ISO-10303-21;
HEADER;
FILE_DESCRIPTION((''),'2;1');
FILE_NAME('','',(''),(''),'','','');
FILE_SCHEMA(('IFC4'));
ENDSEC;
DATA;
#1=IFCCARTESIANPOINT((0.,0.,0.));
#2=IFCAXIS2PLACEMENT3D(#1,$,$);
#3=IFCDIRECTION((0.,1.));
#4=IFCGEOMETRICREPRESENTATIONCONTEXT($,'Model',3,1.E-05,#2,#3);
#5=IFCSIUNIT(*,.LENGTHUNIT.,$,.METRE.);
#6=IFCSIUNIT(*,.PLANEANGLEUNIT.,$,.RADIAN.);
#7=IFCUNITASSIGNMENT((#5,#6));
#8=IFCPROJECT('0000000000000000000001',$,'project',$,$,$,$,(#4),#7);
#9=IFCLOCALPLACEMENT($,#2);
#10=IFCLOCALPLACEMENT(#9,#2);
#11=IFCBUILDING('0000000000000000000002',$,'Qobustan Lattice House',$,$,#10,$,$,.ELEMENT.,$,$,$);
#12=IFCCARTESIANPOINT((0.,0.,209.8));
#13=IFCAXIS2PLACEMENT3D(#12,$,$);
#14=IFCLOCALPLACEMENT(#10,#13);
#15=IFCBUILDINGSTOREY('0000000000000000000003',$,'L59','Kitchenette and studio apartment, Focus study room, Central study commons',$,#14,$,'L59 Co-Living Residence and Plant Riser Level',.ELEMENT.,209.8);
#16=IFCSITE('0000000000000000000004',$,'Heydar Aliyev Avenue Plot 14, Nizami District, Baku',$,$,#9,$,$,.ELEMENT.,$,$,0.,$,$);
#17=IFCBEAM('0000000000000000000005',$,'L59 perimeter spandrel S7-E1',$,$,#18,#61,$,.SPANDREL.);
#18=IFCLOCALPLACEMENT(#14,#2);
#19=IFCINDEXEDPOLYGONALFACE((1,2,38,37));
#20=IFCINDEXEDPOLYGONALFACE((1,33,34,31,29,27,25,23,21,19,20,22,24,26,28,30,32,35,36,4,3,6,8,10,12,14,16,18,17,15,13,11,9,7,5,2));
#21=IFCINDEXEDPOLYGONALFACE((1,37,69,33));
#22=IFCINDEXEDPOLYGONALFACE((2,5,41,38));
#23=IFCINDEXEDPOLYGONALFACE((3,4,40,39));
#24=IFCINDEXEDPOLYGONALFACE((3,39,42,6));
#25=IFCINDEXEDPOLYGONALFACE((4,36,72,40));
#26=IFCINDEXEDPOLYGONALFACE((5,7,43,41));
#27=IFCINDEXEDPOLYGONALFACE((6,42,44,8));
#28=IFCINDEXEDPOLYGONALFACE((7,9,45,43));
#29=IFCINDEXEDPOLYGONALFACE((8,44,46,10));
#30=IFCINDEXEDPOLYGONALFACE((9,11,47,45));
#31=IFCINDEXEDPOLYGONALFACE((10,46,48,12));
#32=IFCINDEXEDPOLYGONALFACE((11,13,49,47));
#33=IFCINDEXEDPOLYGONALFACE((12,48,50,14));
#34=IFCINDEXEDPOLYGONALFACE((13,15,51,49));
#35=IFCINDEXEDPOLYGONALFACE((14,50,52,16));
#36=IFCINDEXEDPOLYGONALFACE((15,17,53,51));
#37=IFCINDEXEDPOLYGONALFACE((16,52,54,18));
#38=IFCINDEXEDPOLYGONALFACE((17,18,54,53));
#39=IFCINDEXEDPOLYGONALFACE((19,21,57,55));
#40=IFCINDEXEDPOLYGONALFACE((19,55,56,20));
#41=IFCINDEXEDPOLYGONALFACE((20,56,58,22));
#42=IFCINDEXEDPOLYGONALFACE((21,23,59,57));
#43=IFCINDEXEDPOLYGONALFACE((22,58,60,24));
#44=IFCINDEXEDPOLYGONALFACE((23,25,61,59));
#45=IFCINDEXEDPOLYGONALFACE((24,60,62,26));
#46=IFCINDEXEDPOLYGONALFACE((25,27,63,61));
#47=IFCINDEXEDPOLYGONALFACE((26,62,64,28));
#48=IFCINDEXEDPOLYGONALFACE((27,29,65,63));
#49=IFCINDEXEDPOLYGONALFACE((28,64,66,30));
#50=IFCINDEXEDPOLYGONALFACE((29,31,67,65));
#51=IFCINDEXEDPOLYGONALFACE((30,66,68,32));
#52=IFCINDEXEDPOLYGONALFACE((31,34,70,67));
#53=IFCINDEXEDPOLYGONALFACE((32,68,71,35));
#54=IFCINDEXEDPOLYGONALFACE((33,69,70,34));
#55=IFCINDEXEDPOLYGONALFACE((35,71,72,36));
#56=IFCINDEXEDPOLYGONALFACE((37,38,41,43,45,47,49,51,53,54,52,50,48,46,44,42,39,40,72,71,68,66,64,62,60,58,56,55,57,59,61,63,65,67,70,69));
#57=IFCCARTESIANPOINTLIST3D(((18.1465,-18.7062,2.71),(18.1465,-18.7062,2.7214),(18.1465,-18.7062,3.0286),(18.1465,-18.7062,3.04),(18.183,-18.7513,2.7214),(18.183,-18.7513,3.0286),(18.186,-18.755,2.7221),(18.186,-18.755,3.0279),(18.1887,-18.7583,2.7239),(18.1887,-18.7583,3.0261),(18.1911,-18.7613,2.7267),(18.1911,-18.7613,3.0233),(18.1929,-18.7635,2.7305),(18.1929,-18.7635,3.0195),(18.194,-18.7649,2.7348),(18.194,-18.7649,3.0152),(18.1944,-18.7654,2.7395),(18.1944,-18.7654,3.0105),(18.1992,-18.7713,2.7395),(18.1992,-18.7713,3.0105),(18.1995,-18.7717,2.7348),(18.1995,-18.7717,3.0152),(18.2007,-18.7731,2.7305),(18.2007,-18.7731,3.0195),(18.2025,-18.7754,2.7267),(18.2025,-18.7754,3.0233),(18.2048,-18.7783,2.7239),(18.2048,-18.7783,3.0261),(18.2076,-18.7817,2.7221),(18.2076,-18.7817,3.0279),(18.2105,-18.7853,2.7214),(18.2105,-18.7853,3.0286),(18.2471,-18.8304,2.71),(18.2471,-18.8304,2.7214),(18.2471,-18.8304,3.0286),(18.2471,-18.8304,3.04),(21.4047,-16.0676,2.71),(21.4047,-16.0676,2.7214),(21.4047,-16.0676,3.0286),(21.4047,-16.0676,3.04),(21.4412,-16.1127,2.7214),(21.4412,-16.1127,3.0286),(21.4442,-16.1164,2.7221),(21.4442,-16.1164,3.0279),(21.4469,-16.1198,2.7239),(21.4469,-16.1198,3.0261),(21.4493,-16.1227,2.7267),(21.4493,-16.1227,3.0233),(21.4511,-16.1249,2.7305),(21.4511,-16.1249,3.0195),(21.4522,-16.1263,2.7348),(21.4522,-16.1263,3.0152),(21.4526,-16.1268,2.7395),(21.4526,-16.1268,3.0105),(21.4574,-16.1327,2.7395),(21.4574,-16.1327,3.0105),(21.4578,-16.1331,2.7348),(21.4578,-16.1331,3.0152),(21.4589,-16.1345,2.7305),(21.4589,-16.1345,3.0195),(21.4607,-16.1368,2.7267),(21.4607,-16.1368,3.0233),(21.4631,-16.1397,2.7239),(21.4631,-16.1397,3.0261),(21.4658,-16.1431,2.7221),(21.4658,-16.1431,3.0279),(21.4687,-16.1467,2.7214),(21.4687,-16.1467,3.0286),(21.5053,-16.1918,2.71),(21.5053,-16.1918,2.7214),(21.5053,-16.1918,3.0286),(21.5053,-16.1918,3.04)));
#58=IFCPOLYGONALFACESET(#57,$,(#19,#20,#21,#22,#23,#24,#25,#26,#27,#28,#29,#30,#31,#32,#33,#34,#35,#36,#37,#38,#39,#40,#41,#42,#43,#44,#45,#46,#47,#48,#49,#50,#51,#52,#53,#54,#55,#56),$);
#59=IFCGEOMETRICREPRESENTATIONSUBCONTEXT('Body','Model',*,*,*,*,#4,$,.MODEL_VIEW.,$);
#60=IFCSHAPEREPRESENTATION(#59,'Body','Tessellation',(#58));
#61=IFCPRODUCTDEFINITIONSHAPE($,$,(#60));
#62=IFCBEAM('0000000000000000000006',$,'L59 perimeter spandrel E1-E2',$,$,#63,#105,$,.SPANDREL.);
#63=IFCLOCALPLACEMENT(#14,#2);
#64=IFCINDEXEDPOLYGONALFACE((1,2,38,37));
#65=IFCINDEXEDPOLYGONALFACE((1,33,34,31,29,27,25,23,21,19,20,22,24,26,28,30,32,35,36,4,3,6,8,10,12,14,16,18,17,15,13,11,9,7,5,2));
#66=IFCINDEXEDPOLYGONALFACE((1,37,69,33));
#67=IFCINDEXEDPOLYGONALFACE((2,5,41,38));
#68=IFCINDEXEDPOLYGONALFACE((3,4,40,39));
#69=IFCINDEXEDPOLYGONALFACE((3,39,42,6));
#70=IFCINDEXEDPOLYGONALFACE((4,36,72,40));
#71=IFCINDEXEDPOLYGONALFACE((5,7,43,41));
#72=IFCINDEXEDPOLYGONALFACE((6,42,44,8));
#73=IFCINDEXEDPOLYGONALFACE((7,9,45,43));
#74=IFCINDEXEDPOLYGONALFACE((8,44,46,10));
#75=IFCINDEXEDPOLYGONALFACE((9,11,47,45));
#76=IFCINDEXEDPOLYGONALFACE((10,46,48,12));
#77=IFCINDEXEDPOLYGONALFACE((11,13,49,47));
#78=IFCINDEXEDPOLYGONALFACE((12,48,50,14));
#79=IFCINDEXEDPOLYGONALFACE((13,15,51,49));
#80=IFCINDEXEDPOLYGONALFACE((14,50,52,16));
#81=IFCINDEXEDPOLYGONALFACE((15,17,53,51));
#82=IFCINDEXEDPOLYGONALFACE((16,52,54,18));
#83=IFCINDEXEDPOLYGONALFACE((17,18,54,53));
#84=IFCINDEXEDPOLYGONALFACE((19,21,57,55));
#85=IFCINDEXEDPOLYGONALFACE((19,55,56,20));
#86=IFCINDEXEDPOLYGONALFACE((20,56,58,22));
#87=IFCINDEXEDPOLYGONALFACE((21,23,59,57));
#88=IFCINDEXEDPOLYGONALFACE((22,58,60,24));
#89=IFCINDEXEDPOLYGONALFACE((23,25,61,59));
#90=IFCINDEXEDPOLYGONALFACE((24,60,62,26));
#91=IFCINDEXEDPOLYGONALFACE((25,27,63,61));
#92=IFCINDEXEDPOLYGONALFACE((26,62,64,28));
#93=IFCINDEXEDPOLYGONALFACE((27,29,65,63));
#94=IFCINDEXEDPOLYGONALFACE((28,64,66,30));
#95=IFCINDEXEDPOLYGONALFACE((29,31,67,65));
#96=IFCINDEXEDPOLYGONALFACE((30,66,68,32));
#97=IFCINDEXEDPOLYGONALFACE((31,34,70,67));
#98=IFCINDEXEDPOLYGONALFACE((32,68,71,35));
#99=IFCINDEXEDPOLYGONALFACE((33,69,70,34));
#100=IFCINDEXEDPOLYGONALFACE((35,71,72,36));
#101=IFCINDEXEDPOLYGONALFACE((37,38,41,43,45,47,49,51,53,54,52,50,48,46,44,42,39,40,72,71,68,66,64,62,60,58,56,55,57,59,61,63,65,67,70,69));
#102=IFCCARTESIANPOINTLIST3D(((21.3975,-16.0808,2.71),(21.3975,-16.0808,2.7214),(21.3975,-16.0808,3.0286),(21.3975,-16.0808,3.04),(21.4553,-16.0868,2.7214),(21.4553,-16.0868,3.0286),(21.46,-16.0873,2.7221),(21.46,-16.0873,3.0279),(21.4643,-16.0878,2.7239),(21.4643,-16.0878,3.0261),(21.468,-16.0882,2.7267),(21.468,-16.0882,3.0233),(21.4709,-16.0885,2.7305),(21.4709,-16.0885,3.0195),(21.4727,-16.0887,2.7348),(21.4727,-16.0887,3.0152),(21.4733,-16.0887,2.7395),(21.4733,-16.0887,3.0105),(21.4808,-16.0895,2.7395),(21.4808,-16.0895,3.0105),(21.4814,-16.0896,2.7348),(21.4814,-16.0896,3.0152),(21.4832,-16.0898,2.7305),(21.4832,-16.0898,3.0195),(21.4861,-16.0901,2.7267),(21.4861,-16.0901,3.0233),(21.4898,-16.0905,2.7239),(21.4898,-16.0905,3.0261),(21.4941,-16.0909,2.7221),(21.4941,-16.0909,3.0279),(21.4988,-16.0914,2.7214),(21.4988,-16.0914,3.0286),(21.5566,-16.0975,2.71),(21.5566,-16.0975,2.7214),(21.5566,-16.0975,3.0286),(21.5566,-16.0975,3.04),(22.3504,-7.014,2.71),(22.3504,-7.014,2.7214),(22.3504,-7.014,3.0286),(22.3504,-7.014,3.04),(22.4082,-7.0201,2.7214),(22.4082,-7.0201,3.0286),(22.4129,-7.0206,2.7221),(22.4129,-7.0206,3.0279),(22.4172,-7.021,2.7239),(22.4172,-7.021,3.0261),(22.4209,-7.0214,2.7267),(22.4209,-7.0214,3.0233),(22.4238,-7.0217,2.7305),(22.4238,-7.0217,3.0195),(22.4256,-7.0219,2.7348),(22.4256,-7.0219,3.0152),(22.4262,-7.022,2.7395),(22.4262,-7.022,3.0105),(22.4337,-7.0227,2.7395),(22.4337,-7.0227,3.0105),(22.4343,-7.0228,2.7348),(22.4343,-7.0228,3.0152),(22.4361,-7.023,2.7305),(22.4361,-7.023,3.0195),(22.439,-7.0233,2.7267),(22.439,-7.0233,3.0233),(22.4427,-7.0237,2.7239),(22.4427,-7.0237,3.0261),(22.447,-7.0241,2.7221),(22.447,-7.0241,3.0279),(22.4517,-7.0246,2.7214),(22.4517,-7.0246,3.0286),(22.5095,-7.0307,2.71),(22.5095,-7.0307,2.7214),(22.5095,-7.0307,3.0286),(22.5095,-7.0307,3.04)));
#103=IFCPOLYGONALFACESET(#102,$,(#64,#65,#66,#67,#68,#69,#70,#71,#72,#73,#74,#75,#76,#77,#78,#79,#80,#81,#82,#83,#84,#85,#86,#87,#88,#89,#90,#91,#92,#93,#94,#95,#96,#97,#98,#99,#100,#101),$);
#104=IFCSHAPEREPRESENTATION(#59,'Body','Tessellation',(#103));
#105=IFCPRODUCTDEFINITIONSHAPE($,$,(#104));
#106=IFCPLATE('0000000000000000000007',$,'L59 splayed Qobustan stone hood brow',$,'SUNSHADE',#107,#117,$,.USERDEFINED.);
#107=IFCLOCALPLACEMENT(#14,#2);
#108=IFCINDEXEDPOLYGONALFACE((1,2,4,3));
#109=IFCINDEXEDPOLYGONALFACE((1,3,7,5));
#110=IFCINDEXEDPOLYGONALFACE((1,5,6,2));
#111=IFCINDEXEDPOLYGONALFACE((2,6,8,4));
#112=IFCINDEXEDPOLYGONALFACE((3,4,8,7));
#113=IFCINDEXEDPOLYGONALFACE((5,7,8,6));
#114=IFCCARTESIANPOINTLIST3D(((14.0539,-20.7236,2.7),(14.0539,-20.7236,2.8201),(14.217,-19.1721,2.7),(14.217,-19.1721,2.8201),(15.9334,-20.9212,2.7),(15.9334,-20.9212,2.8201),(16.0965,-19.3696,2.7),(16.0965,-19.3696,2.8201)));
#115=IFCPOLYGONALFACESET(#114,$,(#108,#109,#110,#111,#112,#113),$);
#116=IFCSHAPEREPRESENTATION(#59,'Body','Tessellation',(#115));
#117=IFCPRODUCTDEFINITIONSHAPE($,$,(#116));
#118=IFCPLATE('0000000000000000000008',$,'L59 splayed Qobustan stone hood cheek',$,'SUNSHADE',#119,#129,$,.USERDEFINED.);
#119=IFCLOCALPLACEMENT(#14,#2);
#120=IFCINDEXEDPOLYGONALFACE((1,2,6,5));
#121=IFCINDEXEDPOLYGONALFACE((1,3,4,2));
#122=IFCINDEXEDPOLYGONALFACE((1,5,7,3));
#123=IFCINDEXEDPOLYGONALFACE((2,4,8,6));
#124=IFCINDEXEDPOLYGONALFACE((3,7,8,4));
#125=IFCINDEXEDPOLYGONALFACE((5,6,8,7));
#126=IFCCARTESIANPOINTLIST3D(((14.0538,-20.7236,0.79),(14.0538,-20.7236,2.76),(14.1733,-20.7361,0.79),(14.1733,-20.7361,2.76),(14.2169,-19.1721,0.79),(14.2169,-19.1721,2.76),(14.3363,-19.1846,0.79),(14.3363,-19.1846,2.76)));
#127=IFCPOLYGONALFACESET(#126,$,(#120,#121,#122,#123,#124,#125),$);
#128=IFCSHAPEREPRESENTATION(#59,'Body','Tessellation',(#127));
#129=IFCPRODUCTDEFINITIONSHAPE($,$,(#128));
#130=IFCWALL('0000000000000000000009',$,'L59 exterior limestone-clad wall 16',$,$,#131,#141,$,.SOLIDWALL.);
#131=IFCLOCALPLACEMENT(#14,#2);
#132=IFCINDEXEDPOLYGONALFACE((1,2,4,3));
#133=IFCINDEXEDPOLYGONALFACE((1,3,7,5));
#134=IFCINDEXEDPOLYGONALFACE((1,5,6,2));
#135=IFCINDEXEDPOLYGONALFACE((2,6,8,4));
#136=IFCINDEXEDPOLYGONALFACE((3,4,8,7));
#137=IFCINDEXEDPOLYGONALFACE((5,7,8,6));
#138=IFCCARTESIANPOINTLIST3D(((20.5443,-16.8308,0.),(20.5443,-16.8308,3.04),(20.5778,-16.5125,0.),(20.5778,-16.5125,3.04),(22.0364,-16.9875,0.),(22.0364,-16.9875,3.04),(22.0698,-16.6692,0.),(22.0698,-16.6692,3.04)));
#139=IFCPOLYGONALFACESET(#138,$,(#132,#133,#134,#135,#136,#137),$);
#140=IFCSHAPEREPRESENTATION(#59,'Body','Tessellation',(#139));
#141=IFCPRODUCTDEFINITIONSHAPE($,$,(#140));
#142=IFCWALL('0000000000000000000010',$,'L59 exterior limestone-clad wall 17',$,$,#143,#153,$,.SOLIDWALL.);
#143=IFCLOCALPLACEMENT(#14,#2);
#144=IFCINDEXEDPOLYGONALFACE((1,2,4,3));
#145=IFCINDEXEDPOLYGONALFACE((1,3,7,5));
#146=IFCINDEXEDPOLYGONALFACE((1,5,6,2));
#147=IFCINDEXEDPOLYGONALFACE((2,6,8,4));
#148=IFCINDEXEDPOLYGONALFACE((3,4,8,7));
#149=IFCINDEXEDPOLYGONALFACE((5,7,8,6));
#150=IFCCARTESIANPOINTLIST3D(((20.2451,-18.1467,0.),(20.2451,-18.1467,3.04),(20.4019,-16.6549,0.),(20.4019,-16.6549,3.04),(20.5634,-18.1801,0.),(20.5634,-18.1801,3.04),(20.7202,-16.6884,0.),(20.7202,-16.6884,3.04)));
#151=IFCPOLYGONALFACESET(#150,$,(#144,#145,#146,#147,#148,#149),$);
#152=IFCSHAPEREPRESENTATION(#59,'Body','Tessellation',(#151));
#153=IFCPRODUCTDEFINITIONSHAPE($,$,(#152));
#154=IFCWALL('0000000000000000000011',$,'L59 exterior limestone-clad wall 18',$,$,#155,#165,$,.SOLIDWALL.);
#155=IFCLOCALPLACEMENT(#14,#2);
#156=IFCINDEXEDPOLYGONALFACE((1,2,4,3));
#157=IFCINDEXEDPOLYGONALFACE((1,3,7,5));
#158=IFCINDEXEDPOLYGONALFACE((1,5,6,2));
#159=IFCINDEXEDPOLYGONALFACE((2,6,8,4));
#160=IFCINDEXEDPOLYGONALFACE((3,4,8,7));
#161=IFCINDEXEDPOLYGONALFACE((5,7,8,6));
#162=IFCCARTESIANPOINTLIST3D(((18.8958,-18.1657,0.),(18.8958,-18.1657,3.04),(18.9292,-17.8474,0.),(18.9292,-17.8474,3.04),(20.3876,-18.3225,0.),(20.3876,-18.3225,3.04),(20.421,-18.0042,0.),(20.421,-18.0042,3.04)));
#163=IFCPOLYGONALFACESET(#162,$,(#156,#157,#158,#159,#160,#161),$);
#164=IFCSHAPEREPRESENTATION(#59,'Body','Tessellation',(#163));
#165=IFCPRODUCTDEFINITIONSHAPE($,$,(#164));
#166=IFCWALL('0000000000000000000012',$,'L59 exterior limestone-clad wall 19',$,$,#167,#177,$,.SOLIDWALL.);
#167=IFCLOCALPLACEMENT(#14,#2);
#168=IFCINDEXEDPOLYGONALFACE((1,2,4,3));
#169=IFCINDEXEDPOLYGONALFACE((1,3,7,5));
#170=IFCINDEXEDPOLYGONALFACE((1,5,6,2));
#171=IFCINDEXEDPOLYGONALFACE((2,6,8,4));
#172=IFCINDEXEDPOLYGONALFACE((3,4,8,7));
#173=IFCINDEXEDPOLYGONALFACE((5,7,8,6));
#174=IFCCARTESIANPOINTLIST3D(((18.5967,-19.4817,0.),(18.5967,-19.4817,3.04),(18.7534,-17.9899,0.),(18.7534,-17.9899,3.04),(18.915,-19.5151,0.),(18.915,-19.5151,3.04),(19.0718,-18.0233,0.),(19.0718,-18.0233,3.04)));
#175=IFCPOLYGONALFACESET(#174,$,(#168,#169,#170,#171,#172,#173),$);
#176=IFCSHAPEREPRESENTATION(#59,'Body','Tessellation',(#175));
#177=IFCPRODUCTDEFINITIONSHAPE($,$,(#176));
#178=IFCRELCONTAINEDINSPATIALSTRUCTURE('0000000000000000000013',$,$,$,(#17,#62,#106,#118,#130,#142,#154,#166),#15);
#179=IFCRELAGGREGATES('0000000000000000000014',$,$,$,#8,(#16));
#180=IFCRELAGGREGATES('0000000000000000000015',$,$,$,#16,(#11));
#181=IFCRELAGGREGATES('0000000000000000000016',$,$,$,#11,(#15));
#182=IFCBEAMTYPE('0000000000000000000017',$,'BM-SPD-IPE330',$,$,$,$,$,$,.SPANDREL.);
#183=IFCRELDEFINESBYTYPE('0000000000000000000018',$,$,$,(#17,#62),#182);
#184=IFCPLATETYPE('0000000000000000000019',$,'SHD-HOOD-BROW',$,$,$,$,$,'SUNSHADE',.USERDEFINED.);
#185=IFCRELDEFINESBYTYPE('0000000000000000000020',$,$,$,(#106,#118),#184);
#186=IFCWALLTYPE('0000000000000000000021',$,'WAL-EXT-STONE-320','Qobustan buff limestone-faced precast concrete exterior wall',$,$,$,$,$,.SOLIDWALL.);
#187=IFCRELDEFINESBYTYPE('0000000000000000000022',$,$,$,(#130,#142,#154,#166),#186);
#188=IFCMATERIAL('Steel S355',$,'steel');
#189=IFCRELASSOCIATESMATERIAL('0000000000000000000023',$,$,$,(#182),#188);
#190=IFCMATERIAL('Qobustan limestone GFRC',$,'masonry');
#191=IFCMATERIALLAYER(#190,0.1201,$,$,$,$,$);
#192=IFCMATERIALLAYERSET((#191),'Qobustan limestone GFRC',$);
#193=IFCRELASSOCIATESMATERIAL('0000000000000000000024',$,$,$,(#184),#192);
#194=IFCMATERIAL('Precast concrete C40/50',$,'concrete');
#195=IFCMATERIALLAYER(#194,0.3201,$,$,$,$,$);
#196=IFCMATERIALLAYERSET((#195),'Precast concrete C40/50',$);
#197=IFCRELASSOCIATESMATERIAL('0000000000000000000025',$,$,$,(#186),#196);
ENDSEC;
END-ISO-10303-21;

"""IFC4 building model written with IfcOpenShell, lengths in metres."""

from ifc_helpers import new_model, si_unit, direction, frame, frame_2d, origin, origin_2d, place, context, subcontext, project, spatial, rectangle, i_section, extrude, material, layer, layer_set, material_profile, profile_set, type_object, element, save


model = new_model("IFC4")

# Units and contexts
model_context = context("Model", 3, precision=1e-05, world=origin(), true_north=direction((0.0, 1.0)))
body_context = subcontext(model_context, "Body", "Model", "MODEL_VIEW")
ifc_project = project(units=[si_unit("LENGTHUNIT", "METRE"), si_unit("PLANEANGLEUNIT", "RADIAN")], contexts=[model_context])

# Site, building, storey
site_placement = place(None, origin())
site = spatial("IfcSite", under=ifc_project, at=site_placement, Name="Heydar Aliyev Avenue Plot 14, Nizami District, Baku", CompositionType="ELEMENT", RefElevation=0.0)
building_placement = place(site_placement, origin())
building = spatial("IfcBuilding", under=site, at=building_placement, Name="Qobustan Lattice House", CompositionType="ELEMENT")
storey_placement = place(building_placement, frame((0.0, 0.0, 209.8)))
storey = spatial("IfcBuildingStorey", under=building, at=storey_placement, Name="L59", Description="Kitchenette and studio apartment, Focus study room, Central study commons", LongName="L59 Co-Living Residence and Plant Riser Level", CompositionType="ELEMENT", Elevation=209.8)

# Beams
ifc_material_1 = material(Name="Steel S355", Category="steel")
ifc_material_profile_1 = material_profile(ifc_material_1, i_section(OverallWidth=0.1599, OverallDepth=0.3301, WebThickness=0.0076, FlangeThickness=0.0115, FilletRadius=0.0181, at=origin_2d()), Name="IPE330")
ifc_profile_set_1 = profile_set([ifc_material_profile_1], Name="Steel S355")
beam_type_1 = type_object("IfcBeamType", Name="BM-SPD-IPE330", PredefinedType="SPANDREL", material=ifc_profile_set_1)
beam_1_placement = place(storey_placement, frame((18.1968, -18.7683, 2.875), z_axis=(0.777128, 0.629342, 0.0), x_axis=(-0.629342, 0.777128, 0.0)))
element("IfcBeam", 1, at=beam_1_placement, inside=storey, type_object=beam_type_1, Name="L59 perimeter spandrel S7-E1", PredefinedType="SPANDREL", context=body_context, shape_type="SweptSolid", body=[
    extrude(i_section(OverallWidth=0.1599, OverallDepth=0.3301, WebThickness=0.0076, FlangeThickness=0.0115, FilletRadius=0.0181, at=origin_2d()), origin(), (0.0, 0.0, 1.0), 4.1926),
])
beam_2_placement = place(storey_placement, frame((21.4771, -16.0891, 2.875), z_axis=(0.104522, 0.994523, 0.0), x_axis=(-0.994523, 0.104522, 0.0)))
element("IfcBeam", 2, at=beam_2_placement, inside=storey, type_object=beam_type_1, Name="L59 perimeter spandrel E1-E2", PredefinedType="SPANDREL", context=body_context, shape_type="SweptSolid", body=[
    extrude(i_section(OverallWidth=0.1599, OverallDepth=0.3301, WebThickness=0.0076, FlangeThickness=0.0115, FilletRadius=0.0181, at=origin_2d()), origin(), (0.0, 0.0, 1.0), 9.1167),
])

# Plates
ifc_material_2 = material(Name="Qobustan limestone GFRC", Category="masonry")
ifc_layer_1 = layer(ifc_material_2, 0.1201)
ifc_layer_set_1 = layer_set([ifc_layer_1], Name="Qobustan limestone GFRC")
plate_type = type_object("IfcPlateType", Name="SHD-HOOD-BROW", ElementType="SUNSHADE", PredefinedType="USERDEFINED", material=ifc_layer_set_1)
plate_1_placement = place(storey_placement, frame((15.0752, -20.0466, 2.7), z_axis=(0.0, 0.0, 1.0), x_axis=(-0.994522, 0.104528, 0.0)))
element("IfcPlate", 3, at=plate_1_placement, inside=storey, type_object=plate_type, Name="L59 splayed Qobustan stone hood brow", ObjectType="SUNSHADE", PredefinedType="USERDEFINED", context=body_context, shape_type="SweptSolid", body=[
    extrude(rectangle(XDim=1.8899, YDim=1.5601, at=origin_2d()), origin(), (0.0, 0.0, 1.0), 0.1201),
])
plate_2_placement = place(storey_placement, frame((14.1951, -19.9541, 0.79), z_axis=(0.0, 0.0, 1.0), x_axis=(-0.994522, 0.104528, 0.0)))
element("IfcPlate", 4, at=plate_2_placement, inside=storey, type_object=plate_type, Name="L59 splayed Qobustan stone hood cheek", ObjectType="SUNSHADE", PredefinedType="USERDEFINED", context=body_context, shape_type="SweptSolid", body=[
    extrude(rectangle(XDim=0.1201, YDim=1.5601, at=origin_2d()), origin(), (0.0, 0.0, 1.0), 1.97),
])

# Walls
ifc_material_3 = material(Name="Precast concrete C40/50", Category="concrete")
ifc_layer_2 = layer(ifc_material_3, 0.3201)
ifc_layer_set_2 = layer_set([ifc_layer_2], Name="Precast concrete C40/50")
wall_type_1 = type_object("IfcWallType", Name="WAL-EXT-STONE-320", Description="Qobustan buff limestone-faced precast concrete exterior wall", PredefinedType="SOLIDWALL", material=ifc_layer_set_2)
wall_1_placement = place(storey_placement, frame((22.053, -16.8284, 0.0), z_axis=(0.0, 0.0, 1.0), x_axis=(-0.994527, 0.104481, 0.0)))
element("IfcWall", 5, at=wall_1_placement, inside=storey, type_object=wall_type_1, Name="L59 exterior limestone-clad wall 16", PredefinedType="SOLIDWALL", context=body_context, shape_type="SweptSolid", body=[
    extrude(rectangle(XDim=1.5002, YDim=0.3201, at=frame_2d((0.75, 0.0))), origin(), (0.0, 0.0, 1.0), 3.04),
])
for number, where, z_axis, x_axis, name in (
    (6, (20.561, -16.6716, 0.0), (0.0, 0.0, 1.0), (-0.104498, -0.994525, 0.0), "L59 exterior limestone-clad wall 17"),
    (7, (20.4043, -18.1633, 0.0), (0.0, 0.0, 1.0), (-0.994525, 0.104498, 0.0), "L59 exterior limestone-clad wall 18"),
    (8, (18.9126, -18.0066, 0.0), (0.0, 0.0, 1.0), (-0.104498, -0.994525, 0.0), "L59 exterior limestone-clad wall 19"),
):
    element("IfcWall", number, at=place(storey_placement, frame(where, z_axis=z_axis, x_axis=x_axis)), inside=storey, type_object=wall_type_1, Name=name, PredefinedType="SOLIDWALL", context=body_context, shape_type="SweptSolid", body=[
        extrude(rectangle(XDim=1.5, YDim=0.3201, at=frame_2d((0.75, 0.0))), origin(), (0.0, 0.0, 1.0), 3.04),
    ])

save(model, "model.ifc")
